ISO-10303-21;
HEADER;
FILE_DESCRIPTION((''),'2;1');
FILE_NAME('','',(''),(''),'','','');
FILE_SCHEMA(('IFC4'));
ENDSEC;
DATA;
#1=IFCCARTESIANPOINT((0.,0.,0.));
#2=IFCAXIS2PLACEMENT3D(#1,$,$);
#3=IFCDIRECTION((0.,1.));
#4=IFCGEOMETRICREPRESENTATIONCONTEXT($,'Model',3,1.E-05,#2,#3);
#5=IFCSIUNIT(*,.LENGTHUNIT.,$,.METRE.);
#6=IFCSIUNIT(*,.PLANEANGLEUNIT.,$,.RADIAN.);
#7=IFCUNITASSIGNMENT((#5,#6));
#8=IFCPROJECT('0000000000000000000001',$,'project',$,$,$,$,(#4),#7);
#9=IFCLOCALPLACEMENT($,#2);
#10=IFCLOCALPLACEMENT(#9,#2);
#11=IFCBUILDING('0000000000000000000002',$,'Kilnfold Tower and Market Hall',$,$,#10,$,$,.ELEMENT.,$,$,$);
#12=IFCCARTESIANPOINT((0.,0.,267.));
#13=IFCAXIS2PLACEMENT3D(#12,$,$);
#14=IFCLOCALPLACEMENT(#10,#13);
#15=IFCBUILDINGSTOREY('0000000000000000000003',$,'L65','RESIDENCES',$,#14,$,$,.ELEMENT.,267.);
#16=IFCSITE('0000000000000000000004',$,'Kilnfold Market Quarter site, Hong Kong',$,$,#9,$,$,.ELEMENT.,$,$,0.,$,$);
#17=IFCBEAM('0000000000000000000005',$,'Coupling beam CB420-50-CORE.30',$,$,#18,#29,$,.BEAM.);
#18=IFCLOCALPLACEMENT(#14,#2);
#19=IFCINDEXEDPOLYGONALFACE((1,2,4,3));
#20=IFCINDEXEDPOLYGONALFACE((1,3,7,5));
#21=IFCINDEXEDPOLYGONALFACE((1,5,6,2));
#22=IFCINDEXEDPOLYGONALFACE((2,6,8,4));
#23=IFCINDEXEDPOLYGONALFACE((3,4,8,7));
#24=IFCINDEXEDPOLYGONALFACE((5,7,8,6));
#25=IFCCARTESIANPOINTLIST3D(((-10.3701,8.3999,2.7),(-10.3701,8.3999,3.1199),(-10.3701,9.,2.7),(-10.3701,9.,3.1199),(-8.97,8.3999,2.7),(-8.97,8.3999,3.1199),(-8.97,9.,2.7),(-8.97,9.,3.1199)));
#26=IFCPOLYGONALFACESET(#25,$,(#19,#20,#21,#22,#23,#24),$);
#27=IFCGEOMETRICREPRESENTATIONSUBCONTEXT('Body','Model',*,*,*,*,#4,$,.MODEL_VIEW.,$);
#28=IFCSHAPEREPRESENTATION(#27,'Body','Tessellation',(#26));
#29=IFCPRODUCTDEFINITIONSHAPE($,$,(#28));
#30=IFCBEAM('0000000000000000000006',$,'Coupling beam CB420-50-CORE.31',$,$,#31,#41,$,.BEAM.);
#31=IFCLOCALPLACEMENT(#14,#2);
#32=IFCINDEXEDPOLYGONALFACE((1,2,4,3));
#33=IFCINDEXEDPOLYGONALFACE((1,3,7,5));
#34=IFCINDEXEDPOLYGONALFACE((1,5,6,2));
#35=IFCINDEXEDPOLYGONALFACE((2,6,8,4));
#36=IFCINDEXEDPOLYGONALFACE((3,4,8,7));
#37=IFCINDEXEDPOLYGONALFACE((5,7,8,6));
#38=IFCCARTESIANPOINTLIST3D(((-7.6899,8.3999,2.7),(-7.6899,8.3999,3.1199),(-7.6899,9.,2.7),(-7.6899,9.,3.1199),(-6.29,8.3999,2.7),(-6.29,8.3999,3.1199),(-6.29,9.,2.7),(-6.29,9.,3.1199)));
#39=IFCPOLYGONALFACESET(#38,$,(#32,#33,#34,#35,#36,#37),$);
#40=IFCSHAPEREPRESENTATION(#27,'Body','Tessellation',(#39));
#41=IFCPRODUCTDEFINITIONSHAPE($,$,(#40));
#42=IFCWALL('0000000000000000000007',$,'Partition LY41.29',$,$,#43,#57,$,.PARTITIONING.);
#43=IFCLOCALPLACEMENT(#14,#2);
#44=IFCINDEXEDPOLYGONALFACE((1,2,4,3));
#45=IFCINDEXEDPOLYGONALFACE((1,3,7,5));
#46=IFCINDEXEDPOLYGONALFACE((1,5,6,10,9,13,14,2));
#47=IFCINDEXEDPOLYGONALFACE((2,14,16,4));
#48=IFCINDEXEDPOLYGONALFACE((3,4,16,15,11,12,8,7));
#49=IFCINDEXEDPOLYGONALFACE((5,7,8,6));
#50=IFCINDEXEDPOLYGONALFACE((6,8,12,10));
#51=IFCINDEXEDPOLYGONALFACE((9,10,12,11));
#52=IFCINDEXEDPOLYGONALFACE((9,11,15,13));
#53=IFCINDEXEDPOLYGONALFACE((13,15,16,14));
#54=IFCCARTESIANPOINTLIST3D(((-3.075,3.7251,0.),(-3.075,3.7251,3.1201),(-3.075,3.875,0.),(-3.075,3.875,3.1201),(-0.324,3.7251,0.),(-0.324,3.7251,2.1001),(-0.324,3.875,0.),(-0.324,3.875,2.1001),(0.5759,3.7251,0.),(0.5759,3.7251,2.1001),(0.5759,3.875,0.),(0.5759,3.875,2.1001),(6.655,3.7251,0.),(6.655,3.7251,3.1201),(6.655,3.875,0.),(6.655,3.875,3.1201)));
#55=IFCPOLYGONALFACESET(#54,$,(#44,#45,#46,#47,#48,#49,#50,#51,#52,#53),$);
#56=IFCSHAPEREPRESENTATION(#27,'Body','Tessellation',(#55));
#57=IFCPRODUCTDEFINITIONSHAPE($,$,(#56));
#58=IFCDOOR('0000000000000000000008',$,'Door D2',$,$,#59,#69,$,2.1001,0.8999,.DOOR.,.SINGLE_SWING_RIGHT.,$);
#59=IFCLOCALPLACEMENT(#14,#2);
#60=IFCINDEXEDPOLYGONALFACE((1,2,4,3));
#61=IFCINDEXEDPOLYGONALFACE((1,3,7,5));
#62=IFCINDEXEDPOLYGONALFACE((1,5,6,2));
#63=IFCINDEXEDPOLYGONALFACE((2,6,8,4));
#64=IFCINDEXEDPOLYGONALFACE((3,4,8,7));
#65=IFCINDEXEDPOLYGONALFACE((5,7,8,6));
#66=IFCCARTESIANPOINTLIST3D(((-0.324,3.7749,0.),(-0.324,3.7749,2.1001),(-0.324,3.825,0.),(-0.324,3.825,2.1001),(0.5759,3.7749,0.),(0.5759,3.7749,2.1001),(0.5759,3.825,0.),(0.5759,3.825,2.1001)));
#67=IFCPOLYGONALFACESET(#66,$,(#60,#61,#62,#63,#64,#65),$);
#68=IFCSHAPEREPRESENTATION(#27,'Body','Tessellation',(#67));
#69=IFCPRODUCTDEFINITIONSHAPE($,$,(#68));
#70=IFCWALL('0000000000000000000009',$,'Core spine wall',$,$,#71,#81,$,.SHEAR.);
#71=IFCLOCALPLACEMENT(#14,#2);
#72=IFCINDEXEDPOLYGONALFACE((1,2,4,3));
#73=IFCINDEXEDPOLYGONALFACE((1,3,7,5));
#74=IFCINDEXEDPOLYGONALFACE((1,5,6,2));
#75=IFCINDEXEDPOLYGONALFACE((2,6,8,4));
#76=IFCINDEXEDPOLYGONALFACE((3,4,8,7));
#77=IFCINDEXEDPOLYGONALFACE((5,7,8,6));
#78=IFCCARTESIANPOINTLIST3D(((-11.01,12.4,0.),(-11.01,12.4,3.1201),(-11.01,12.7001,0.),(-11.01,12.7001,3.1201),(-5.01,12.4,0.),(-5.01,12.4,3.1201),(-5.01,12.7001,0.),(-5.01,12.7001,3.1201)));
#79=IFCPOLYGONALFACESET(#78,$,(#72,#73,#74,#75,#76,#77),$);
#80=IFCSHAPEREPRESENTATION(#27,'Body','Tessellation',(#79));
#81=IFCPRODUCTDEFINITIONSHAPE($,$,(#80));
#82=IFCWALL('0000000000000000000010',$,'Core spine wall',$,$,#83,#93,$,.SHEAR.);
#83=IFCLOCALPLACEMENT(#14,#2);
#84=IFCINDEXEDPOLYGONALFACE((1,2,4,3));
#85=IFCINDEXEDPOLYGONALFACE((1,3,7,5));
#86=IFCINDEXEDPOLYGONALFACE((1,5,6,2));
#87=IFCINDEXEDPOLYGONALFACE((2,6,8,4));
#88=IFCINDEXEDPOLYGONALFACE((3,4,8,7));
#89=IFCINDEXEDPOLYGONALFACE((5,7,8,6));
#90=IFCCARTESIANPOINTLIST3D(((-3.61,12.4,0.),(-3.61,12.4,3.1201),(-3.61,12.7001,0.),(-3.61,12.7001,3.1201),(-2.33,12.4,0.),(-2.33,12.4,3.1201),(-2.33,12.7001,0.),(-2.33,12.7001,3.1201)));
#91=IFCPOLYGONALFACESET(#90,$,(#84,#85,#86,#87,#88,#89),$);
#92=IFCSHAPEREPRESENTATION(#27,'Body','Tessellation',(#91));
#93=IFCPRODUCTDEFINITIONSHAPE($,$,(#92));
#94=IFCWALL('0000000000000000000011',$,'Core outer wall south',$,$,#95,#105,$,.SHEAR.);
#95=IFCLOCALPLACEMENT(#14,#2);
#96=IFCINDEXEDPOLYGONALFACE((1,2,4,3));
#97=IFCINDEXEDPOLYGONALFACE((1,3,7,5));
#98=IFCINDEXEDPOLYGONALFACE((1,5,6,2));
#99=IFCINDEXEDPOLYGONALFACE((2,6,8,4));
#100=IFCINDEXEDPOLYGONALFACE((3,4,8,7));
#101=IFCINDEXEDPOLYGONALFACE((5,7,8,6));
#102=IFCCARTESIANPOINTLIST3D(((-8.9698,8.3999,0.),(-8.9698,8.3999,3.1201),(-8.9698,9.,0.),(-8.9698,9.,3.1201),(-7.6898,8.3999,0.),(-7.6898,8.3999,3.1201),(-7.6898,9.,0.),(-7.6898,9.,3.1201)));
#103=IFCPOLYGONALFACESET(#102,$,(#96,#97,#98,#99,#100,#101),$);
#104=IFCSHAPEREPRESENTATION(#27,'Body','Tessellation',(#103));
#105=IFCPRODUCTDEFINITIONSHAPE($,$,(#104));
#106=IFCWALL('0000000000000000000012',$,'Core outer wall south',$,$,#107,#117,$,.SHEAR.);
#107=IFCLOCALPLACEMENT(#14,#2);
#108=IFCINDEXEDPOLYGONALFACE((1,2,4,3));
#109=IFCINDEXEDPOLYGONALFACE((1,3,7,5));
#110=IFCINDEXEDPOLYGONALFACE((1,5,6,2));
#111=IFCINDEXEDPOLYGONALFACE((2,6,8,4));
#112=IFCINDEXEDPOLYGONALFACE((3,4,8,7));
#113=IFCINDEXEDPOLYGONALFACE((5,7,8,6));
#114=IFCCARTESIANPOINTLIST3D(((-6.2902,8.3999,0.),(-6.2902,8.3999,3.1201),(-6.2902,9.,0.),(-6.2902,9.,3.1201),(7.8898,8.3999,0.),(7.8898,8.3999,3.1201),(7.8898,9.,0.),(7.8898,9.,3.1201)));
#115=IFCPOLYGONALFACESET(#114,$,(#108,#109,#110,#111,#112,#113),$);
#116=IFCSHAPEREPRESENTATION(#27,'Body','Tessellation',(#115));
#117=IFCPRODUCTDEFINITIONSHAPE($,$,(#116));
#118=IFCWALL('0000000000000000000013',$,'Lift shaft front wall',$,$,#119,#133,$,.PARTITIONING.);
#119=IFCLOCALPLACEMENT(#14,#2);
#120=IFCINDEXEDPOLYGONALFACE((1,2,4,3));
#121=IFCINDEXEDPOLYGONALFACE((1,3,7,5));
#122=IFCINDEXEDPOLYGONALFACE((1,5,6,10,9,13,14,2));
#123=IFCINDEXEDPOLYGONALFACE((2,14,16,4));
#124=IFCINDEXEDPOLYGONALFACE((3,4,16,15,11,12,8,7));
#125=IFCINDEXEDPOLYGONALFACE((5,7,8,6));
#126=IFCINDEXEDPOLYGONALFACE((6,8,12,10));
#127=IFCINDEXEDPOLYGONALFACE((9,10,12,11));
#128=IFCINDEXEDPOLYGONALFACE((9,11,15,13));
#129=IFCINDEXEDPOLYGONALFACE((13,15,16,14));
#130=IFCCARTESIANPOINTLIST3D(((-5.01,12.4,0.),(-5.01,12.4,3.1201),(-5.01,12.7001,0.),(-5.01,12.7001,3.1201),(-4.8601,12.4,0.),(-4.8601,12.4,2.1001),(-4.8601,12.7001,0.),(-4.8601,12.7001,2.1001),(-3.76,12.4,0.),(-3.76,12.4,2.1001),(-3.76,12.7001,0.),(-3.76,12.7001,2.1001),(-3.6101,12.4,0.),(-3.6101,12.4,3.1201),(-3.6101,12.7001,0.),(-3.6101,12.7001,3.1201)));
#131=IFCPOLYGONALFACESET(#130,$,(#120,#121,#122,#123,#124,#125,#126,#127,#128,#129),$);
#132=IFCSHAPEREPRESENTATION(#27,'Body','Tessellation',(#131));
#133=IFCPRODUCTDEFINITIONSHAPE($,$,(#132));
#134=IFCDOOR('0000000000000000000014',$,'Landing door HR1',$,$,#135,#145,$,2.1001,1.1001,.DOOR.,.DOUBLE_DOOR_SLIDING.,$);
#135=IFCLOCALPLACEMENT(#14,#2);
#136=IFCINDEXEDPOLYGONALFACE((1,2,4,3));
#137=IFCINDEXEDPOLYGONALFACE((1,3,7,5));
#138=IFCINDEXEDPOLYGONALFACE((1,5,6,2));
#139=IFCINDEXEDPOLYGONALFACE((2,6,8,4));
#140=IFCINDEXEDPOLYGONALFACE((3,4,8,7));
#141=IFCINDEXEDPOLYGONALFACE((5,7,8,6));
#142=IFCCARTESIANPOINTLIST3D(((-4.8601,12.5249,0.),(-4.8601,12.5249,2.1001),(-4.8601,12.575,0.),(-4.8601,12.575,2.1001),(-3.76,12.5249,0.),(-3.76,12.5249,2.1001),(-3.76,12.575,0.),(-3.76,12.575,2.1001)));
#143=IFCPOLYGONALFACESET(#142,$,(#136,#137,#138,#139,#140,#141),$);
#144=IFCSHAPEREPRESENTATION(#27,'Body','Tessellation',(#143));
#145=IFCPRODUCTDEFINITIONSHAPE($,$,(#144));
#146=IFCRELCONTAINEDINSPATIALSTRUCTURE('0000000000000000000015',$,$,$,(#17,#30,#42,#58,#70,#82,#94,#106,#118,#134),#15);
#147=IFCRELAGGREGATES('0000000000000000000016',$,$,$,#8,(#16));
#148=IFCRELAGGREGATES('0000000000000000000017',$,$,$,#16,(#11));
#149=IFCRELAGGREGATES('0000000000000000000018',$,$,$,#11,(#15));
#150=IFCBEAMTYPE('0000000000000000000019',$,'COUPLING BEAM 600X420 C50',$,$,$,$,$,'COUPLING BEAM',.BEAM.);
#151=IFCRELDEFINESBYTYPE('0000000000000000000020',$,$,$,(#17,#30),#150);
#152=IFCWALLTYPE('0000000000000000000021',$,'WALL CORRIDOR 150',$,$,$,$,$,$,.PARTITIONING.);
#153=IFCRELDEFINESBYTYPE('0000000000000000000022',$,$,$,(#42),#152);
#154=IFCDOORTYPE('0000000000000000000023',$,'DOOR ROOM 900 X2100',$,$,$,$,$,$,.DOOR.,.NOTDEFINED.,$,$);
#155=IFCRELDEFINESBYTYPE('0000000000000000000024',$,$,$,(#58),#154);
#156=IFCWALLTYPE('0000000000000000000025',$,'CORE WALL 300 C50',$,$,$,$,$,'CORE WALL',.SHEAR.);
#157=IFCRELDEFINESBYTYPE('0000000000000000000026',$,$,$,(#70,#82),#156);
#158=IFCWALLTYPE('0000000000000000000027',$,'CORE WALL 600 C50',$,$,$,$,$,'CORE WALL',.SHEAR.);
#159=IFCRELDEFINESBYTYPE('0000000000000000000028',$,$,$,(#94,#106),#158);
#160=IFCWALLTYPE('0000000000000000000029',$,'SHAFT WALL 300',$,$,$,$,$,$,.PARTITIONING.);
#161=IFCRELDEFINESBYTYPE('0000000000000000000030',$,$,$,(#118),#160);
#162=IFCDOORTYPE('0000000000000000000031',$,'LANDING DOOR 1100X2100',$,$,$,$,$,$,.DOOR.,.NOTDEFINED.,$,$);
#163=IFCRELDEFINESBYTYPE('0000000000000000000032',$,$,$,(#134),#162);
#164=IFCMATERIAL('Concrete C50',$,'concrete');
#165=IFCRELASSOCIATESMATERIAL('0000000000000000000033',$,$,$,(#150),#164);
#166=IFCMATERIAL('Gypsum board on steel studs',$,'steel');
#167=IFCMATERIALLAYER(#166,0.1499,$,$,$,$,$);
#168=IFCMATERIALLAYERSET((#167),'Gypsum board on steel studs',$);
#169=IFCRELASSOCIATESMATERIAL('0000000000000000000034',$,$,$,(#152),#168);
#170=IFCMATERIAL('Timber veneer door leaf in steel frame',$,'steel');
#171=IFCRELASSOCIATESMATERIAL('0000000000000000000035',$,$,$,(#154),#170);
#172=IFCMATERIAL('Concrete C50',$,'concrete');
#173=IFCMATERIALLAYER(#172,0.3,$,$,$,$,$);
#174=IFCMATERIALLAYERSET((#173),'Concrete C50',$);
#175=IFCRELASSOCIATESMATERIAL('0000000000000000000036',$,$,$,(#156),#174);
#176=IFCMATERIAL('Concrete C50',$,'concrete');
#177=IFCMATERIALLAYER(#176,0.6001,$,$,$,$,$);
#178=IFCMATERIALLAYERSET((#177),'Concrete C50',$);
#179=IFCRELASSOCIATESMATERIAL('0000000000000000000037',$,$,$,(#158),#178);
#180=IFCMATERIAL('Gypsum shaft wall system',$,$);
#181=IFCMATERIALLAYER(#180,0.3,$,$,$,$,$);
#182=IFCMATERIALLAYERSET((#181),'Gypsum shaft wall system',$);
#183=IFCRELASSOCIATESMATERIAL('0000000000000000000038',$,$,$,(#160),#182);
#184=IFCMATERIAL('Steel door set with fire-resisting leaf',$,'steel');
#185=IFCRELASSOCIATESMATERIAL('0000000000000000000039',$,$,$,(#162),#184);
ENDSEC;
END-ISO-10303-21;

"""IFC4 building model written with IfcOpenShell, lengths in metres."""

from ifc_helpers import new_model, si_unit, direction, frame, frame_2d, origin, origin_2d, place, context, subcontext, project, spatial, rectangle, extrude, source, transform, mapped, material, layer, layer_set, material_profile, profile_set, type_object, element, fill, save


model = new_model("IFC4")

# Units and contexts
model_context = context("Model", 3, precision=1e-05, world=origin(), true_north=direction((0.0, 1.0)))
body_context = subcontext(model_context, "Body", "Model", "MODEL_VIEW")
ifc_project = project(units=[si_unit("LENGTHUNIT", "METRE"), si_unit("PLANEANGLEUNIT", "RADIAN")], contexts=[model_context])

# Site, building, storey
site_placement = place(None, origin())
site = spatial("IfcSite", under=ifc_project, at=site_placement, Name="Kilnfold Market Quarter site, Hong Kong", CompositionType="ELEMENT", RefElevation=0.0)
building_placement = place(site_placement, origin())
building = spatial("IfcBuilding", under=site, at=building_placement, Name="Kilnfold Tower and Market Hall", CompositionType="ELEMENT")
storey_placement = place(building_placement, frame((0.0, 0.0, 267.0)))
storey = spatial("IfcBuildingStorey", under=building, at=storey_placement, Name="L65", Description="RESIDENCES", CompositionType="ELEMENT", Elevation=267.0)

# Beams
ifc_material_1 = material(Name="Concrete C50", Category="concrete")
ifc_material_profile = material_profile(ifc_material_1, rectangle(XDim=0.6001, YDim=0.4199, at=origin_2d()), Name="RC 600x420")
ifc_profile_set = profile_set([ifc_material_profile], Name="Concrete C50")
beam_type = type_object("IfcBeamType", Name="COUPLING BEAM 600X420 C50", ElementType="COUPLING BEAM", PredefinedType="BEAM", material=ifc_profile_set)
shared_shape_1 = source(origin(), body_context, "Body", "SweptSolid", [
    extrude(rectangle(XDim=0.6001, YDim=0.4199, at=origin_2d()), origin(), (0.0, 0.0, 1.0), 1.4001),
])
beam_1_placement = place(storey_placement, frame((-10.3701, 8.7, 2.9099), z_axis=(1.0, 0.0, 0.0), x_axis=(0.0, 1.0, 0.0)))
element("IfcBeam", 1, at=beam_1_placement, inside=storey, type_object=beam_type, Name="Coupling beam CB420-50-CORE.30", PredefinedType="BEAM", context=body_context, shape_type="MappedRepresentation", body=[
    mapped(shared_shape_1, transform((0.0, 0.0, 0.0))),
])
shared_shape_2 = source(origin(), body_context, "Body", "SweptSolid", [
    extrude(rectangle(XDim=0.6001, YDim=0.4199, at=origin_2d()), origin(), (0.0, 0.0, 1.0), 1.3999),
])
beam_2_placement = place(storey_placement, frame((-7.6899, 8.7, 2.9099), z_axis=(1.0, 0.0, 0.0), x_axis=(0.0, 1.0, 0.0)))
element("IfcBeam", 2, at=beam_2_placement, inside=storey, type_object=beam_type, Name="Coupling beam CB420-50-CORE.31", PredefinedType="BEAM", context=body_context, shape_type="MappedRepresentation", body=[
    mapped(shared_shape_2, transform((0.0, 0.0, 0.0))),
])

# Wall, opening, door
ifc_material_2 = material(Name="Gypsum board on steel studs", Category="steel")
ifc_layer_1 = layer(ifc_material_2, 0.1499)
ifc_layer_set_1 = layer_set([ifc_layer_1], Name="Gypsum board on steel studs")
wall_type_1 = type_object("IfcWallType", Name="WALL CORRIDOR 150", PredefinedType="PARTITIONING", material=ifc_layer_set_1)
wall_1_placement = place(storey_placement, frame((-3.075, 3.8, 0.0), z_axis=(0.0, 0.0, 1.0), x_axis=(1.0, 0.0, 0.0)))
wall_1 = element("IfcWall", 3, at=wall_1_placement, inside=storey, type_object=wall_type_1, Name="Partition LY41.29", PredefinedType="PARTITIONING", context=body_context, shape_type="SweptSolid", body=[
    extrude(rectangle(XDim=9.73, YDim=0.1499, at=frame_2d((4.865, 0.0))), origin(), (0.0, 0.0, 1.0), 3.1201),
])
opening_1_placement = place(wall_1_placement, frame((2.751, 0.0, 0.0)))
opening_1 = element("IfcOpeningElement", 4, at=opening_1_placement, cuts=wall_1, PredefinedType="OPENING", context=body_context, shape_type="SweptSolid", body=[
    extrude(rectangle(XDim=0.8999, YDim=2.1001, at=frame_2d((0.45, 1.05))), frame((0.0, 0.085, 0.0), z_axis=(0.0, -1.0, 0.0), x_axis=(1.0, 0.0, 0.0)), (0.0, 0.0, 1.0), 0.1699),
])
ifc_material_3 = material(Name="Timber veneer door leaf in steel frame", Category="steel")
door_type_1 = type_object("IfcDoorType", Name="DOOR ROOM 900 X2100", OperationType="NOTDEFINED", PredefinedType="DOOR", material=ifc_material_3)
door_1_placement = place(opening_1_placement, origin())
door_1 = element("IfcDoor", 5, at=door_1_placement, inside=storey, type_object=door_type_1, Name="Door D2", OperationType="SINGLE_SWING_RIGHT", OverallHeight=2.1001, OverallWidth=0.8999, PredefinedType="DOOR", context=body_context, shape_type="SweptSolid", body=[
    extrude(rectangle(XDim=0.8999, YDim=2.1001, at=frame_2d((0.45, 1.05))), frame((0.0, 0.0249, 0.0), z_axis=(0.0, -1.0, 0.0), x_axis=(1.0, 0.0, 0.0)), (0.0, 0.0, 1.0), 0.05),
])
fill(opening_1, door_1)

# Walls
ifc_material_4 = material(Name="Concrete C50", Category="concrete")
ifc_layer_2 = layer(ifc_material_4, 0.3)
ifc_layer_set_2 = layer_set([ifc_layer_2], Name="Concrete C50")
wall_type_2 = type_object("IfcWallType", Name="CORE WALL 300 C50", ElementType="CORE WALL", PredefinedType="SHEAR", material=ifc_layer_set_2)
shared_shape_3 = source(origin(), body_context, "Body", "SweptSolid", [
    extrude(rectangle(XDim=6.0, YDim=0.3, at=frame_2d((3.0, 0.0))), origin(), (0.0, 0.0, 1.0), 3.1201),
])
wall_2_placement = place(storey_placement, frame((-11.01, 12.55, 0.0), z_axis=(0.0, 0.0, 1.0), x_axis=(1.0, 0.0, 0.0)))
element("IfcWall", 6, at=wall_2_placement, inside=storey, type_object=wall_type_2, Name="Core spine wall", PredefinedType="SHEAR", context=body_context, shape_type="MappedRepresentation", body=[
    mapped(shared_shape_3, transform((0.0, 0.0, 0.0))),
])
shared_shape_4 = source(origin(), body_context, "Body", "SweptSolid", [
    extrude(rectangle(XDim=1.28, YDim=0.3, at=frame_2d((0.6401, 0.0))), origin(), (0.0, 0.0, 1.0), 3.1201),
])
wall_3_placement = place(storey_placement, frame((-3.6101, 12.55, 0.0), z_axis=(0.0, 0.0, 1.0), x_axis=(1.0, 0.0, 0.0)))
element("IfcWall", 7, at=wall_3_placement, inside=storey, type_object=wall_type_2, Name="Core spine wall", PredefinedType="SHEAR", context=body_context, shape_type="MappedRepresentation", body=[
    mapped(shared_shape_4, transform((0.0, 0.0, 0.0))),
])
ifc_material_5 = material(Name="Concrete C50", Category="concrete")
ifc_layer_3 = layer(ifc_material_5, 0.6001)
ifc_layer_set_3 = layer_set([ifc_layer_3], Name="Concrete C50")
wall_type_3 = type_object("IfcWallType", Name="CORE WALL 600 C50", ElementType="CORE WALL", PredefinedType="SHEAR", material=ifc_layer_set_3)
shared_shape_5 = source(origin(), body_context, "Body", "SweptSolid", [
    extrude(rectangle(XDim=1.28, YDim=0.6001, at=frame_2d((0.6401, 0.0))), origin(), (0.0, 0.0, 1.0), 3.1201),
])
wall_4_placement = place(storey_placement, frame((-8.97, 8.7, 0.0), z_axis=(0.0, 0.0, 1.0), x_axis=(1.0, 0.0, 0.0)))
element("IfcWall", 8, at=wall_4_placement, inside=storey, type_object=wall_type_3, Name="Core outer wall south", PredefinedType="SHEAR", context=body_context, shape_type="MappedRepresentation", body=[
    mapped(shared_shape_5, transform((0.0, 0.0, 0.0))),
])
shared_shape_6 = source(origin(), body_context, "Body", "SweptSolid", [
    extrude(rectangle(XDim=14.1799, YDim=0.6001, at=frame_2d((7.0898, 0.0))), origin(), (0.0, 0.0, 1.0), 3.1201),
])
wall_5_placement = place(storey_placement, frame((-6.29, 8.7, 0.0), z_axis=(0.0, 0.0, 1.0), x_axis=(1.0, 0.0, 0.0)))
element("IfcWall", 9, at=wall_5_placement, inside=storey, type_object=wall_type_3, Name="Core outer wall south", PredefinedType="SHEAR", context=body_context, shape_type="MappedRepresentation", body=[
    mapped(shared_shape_6, transform((0.0, 0.0, 0.0))),
])

# Wall, opening, door
ifc_material_6 = material(Name="Gypsum shaft wall system")
ifc_layer_4 = layer(ifc_material_6, 0.3)
ifc_layer_set_4 = layer_set([ifc_layer_4], Name="Gypsum shaft wall system")
wall_type_4 = type_object("IfcWallType", Name="SHAFT WALL 300", PredefinedType="PARTITIONING", material=ifc_layer_set_4)
shared_shape_7 = source(origin(), body_context, "Body", "SweptSolid", [
    extrude(rectangle(XDim=1.3999, YDim=0.3, at=frame_2d((0.7, 0.0))), origin(), (0.0, 0.0, 1.0), 3.1201),
])
wall_6_placement = place(storey_placement, frame((-5.01, 12.55, 0.0), z_axis=(0.0, 0.0, 1.0), x_axis=(1.0, 0.0, 0.0)))
wall_6 = element("IfcWall", 10, at=wall_6_placement, inside=storey, type_object=wall_type_4, Name="Lift shaft front wall", PredefinedType="PARTITIONING", context=body_context, shape_type="MappedRepresentation", body=[
    mapped(shared_shape_7, transform((0.0, 0.0, 0.0))),
])
opening_2_placement = place(wall_6_placement, frame((0.1499, 0.0, 0.0)))
opening_2 = element("IfcOpeningElement", 11, at=opening_2_placement, cuts=wall_6, PredefinedType="OPENING", context=body_context, shape_type="SweptSolid", body=[
    extrude(rectangle(XDim=1.1001, YDim=2.1001, at=frame_2d((0.55, 1.05))), frame((0.0, 0.1602, 0.0), z_axis=(0.0, -1.0, 0.0), x_axis=(1.0, 0.0, 0.0)), (0.0, 0.0, 1.0), 0.3201),
])
ifc_material_7 = material(Name="Steel door set with fire-resisting leaf", Category="steel")
door_type_2 = type_object("IfcDoorType", Name="LANDING DOOR 1100X2100", OperationType="NOTDEFINED", PredefinedType="DOOR", material=ifc_material_7)
door_2_placement = place(opening_2_placement, origin())
door_2 = element("IfcDoor", 12, at=door_2_placement, inside=storey, type_object=door_type_2, Name="Landing door HR1", OperationType="DOUBLE_DOOR_SLIDING", OverallHeight=2.1001, OverallWidth=1.1001, PredefinedType="DOOR", context=body_context, shape_type="SweptSolid", body=[
    extrude(rectangle(XDim=1.1001, YDim=2.1001, at=frame_2d((0.55, 1.05))), frame((0.0, 0.0249, 0.0), z_axis=(0.0, -1.0, 0.0), x_axis=(1.0, 0.0, 0.0)), (0.0, 0.0, 1.0), 0.05),
])
fill(opening_2, door_2)

save(model, "model.ifc")
